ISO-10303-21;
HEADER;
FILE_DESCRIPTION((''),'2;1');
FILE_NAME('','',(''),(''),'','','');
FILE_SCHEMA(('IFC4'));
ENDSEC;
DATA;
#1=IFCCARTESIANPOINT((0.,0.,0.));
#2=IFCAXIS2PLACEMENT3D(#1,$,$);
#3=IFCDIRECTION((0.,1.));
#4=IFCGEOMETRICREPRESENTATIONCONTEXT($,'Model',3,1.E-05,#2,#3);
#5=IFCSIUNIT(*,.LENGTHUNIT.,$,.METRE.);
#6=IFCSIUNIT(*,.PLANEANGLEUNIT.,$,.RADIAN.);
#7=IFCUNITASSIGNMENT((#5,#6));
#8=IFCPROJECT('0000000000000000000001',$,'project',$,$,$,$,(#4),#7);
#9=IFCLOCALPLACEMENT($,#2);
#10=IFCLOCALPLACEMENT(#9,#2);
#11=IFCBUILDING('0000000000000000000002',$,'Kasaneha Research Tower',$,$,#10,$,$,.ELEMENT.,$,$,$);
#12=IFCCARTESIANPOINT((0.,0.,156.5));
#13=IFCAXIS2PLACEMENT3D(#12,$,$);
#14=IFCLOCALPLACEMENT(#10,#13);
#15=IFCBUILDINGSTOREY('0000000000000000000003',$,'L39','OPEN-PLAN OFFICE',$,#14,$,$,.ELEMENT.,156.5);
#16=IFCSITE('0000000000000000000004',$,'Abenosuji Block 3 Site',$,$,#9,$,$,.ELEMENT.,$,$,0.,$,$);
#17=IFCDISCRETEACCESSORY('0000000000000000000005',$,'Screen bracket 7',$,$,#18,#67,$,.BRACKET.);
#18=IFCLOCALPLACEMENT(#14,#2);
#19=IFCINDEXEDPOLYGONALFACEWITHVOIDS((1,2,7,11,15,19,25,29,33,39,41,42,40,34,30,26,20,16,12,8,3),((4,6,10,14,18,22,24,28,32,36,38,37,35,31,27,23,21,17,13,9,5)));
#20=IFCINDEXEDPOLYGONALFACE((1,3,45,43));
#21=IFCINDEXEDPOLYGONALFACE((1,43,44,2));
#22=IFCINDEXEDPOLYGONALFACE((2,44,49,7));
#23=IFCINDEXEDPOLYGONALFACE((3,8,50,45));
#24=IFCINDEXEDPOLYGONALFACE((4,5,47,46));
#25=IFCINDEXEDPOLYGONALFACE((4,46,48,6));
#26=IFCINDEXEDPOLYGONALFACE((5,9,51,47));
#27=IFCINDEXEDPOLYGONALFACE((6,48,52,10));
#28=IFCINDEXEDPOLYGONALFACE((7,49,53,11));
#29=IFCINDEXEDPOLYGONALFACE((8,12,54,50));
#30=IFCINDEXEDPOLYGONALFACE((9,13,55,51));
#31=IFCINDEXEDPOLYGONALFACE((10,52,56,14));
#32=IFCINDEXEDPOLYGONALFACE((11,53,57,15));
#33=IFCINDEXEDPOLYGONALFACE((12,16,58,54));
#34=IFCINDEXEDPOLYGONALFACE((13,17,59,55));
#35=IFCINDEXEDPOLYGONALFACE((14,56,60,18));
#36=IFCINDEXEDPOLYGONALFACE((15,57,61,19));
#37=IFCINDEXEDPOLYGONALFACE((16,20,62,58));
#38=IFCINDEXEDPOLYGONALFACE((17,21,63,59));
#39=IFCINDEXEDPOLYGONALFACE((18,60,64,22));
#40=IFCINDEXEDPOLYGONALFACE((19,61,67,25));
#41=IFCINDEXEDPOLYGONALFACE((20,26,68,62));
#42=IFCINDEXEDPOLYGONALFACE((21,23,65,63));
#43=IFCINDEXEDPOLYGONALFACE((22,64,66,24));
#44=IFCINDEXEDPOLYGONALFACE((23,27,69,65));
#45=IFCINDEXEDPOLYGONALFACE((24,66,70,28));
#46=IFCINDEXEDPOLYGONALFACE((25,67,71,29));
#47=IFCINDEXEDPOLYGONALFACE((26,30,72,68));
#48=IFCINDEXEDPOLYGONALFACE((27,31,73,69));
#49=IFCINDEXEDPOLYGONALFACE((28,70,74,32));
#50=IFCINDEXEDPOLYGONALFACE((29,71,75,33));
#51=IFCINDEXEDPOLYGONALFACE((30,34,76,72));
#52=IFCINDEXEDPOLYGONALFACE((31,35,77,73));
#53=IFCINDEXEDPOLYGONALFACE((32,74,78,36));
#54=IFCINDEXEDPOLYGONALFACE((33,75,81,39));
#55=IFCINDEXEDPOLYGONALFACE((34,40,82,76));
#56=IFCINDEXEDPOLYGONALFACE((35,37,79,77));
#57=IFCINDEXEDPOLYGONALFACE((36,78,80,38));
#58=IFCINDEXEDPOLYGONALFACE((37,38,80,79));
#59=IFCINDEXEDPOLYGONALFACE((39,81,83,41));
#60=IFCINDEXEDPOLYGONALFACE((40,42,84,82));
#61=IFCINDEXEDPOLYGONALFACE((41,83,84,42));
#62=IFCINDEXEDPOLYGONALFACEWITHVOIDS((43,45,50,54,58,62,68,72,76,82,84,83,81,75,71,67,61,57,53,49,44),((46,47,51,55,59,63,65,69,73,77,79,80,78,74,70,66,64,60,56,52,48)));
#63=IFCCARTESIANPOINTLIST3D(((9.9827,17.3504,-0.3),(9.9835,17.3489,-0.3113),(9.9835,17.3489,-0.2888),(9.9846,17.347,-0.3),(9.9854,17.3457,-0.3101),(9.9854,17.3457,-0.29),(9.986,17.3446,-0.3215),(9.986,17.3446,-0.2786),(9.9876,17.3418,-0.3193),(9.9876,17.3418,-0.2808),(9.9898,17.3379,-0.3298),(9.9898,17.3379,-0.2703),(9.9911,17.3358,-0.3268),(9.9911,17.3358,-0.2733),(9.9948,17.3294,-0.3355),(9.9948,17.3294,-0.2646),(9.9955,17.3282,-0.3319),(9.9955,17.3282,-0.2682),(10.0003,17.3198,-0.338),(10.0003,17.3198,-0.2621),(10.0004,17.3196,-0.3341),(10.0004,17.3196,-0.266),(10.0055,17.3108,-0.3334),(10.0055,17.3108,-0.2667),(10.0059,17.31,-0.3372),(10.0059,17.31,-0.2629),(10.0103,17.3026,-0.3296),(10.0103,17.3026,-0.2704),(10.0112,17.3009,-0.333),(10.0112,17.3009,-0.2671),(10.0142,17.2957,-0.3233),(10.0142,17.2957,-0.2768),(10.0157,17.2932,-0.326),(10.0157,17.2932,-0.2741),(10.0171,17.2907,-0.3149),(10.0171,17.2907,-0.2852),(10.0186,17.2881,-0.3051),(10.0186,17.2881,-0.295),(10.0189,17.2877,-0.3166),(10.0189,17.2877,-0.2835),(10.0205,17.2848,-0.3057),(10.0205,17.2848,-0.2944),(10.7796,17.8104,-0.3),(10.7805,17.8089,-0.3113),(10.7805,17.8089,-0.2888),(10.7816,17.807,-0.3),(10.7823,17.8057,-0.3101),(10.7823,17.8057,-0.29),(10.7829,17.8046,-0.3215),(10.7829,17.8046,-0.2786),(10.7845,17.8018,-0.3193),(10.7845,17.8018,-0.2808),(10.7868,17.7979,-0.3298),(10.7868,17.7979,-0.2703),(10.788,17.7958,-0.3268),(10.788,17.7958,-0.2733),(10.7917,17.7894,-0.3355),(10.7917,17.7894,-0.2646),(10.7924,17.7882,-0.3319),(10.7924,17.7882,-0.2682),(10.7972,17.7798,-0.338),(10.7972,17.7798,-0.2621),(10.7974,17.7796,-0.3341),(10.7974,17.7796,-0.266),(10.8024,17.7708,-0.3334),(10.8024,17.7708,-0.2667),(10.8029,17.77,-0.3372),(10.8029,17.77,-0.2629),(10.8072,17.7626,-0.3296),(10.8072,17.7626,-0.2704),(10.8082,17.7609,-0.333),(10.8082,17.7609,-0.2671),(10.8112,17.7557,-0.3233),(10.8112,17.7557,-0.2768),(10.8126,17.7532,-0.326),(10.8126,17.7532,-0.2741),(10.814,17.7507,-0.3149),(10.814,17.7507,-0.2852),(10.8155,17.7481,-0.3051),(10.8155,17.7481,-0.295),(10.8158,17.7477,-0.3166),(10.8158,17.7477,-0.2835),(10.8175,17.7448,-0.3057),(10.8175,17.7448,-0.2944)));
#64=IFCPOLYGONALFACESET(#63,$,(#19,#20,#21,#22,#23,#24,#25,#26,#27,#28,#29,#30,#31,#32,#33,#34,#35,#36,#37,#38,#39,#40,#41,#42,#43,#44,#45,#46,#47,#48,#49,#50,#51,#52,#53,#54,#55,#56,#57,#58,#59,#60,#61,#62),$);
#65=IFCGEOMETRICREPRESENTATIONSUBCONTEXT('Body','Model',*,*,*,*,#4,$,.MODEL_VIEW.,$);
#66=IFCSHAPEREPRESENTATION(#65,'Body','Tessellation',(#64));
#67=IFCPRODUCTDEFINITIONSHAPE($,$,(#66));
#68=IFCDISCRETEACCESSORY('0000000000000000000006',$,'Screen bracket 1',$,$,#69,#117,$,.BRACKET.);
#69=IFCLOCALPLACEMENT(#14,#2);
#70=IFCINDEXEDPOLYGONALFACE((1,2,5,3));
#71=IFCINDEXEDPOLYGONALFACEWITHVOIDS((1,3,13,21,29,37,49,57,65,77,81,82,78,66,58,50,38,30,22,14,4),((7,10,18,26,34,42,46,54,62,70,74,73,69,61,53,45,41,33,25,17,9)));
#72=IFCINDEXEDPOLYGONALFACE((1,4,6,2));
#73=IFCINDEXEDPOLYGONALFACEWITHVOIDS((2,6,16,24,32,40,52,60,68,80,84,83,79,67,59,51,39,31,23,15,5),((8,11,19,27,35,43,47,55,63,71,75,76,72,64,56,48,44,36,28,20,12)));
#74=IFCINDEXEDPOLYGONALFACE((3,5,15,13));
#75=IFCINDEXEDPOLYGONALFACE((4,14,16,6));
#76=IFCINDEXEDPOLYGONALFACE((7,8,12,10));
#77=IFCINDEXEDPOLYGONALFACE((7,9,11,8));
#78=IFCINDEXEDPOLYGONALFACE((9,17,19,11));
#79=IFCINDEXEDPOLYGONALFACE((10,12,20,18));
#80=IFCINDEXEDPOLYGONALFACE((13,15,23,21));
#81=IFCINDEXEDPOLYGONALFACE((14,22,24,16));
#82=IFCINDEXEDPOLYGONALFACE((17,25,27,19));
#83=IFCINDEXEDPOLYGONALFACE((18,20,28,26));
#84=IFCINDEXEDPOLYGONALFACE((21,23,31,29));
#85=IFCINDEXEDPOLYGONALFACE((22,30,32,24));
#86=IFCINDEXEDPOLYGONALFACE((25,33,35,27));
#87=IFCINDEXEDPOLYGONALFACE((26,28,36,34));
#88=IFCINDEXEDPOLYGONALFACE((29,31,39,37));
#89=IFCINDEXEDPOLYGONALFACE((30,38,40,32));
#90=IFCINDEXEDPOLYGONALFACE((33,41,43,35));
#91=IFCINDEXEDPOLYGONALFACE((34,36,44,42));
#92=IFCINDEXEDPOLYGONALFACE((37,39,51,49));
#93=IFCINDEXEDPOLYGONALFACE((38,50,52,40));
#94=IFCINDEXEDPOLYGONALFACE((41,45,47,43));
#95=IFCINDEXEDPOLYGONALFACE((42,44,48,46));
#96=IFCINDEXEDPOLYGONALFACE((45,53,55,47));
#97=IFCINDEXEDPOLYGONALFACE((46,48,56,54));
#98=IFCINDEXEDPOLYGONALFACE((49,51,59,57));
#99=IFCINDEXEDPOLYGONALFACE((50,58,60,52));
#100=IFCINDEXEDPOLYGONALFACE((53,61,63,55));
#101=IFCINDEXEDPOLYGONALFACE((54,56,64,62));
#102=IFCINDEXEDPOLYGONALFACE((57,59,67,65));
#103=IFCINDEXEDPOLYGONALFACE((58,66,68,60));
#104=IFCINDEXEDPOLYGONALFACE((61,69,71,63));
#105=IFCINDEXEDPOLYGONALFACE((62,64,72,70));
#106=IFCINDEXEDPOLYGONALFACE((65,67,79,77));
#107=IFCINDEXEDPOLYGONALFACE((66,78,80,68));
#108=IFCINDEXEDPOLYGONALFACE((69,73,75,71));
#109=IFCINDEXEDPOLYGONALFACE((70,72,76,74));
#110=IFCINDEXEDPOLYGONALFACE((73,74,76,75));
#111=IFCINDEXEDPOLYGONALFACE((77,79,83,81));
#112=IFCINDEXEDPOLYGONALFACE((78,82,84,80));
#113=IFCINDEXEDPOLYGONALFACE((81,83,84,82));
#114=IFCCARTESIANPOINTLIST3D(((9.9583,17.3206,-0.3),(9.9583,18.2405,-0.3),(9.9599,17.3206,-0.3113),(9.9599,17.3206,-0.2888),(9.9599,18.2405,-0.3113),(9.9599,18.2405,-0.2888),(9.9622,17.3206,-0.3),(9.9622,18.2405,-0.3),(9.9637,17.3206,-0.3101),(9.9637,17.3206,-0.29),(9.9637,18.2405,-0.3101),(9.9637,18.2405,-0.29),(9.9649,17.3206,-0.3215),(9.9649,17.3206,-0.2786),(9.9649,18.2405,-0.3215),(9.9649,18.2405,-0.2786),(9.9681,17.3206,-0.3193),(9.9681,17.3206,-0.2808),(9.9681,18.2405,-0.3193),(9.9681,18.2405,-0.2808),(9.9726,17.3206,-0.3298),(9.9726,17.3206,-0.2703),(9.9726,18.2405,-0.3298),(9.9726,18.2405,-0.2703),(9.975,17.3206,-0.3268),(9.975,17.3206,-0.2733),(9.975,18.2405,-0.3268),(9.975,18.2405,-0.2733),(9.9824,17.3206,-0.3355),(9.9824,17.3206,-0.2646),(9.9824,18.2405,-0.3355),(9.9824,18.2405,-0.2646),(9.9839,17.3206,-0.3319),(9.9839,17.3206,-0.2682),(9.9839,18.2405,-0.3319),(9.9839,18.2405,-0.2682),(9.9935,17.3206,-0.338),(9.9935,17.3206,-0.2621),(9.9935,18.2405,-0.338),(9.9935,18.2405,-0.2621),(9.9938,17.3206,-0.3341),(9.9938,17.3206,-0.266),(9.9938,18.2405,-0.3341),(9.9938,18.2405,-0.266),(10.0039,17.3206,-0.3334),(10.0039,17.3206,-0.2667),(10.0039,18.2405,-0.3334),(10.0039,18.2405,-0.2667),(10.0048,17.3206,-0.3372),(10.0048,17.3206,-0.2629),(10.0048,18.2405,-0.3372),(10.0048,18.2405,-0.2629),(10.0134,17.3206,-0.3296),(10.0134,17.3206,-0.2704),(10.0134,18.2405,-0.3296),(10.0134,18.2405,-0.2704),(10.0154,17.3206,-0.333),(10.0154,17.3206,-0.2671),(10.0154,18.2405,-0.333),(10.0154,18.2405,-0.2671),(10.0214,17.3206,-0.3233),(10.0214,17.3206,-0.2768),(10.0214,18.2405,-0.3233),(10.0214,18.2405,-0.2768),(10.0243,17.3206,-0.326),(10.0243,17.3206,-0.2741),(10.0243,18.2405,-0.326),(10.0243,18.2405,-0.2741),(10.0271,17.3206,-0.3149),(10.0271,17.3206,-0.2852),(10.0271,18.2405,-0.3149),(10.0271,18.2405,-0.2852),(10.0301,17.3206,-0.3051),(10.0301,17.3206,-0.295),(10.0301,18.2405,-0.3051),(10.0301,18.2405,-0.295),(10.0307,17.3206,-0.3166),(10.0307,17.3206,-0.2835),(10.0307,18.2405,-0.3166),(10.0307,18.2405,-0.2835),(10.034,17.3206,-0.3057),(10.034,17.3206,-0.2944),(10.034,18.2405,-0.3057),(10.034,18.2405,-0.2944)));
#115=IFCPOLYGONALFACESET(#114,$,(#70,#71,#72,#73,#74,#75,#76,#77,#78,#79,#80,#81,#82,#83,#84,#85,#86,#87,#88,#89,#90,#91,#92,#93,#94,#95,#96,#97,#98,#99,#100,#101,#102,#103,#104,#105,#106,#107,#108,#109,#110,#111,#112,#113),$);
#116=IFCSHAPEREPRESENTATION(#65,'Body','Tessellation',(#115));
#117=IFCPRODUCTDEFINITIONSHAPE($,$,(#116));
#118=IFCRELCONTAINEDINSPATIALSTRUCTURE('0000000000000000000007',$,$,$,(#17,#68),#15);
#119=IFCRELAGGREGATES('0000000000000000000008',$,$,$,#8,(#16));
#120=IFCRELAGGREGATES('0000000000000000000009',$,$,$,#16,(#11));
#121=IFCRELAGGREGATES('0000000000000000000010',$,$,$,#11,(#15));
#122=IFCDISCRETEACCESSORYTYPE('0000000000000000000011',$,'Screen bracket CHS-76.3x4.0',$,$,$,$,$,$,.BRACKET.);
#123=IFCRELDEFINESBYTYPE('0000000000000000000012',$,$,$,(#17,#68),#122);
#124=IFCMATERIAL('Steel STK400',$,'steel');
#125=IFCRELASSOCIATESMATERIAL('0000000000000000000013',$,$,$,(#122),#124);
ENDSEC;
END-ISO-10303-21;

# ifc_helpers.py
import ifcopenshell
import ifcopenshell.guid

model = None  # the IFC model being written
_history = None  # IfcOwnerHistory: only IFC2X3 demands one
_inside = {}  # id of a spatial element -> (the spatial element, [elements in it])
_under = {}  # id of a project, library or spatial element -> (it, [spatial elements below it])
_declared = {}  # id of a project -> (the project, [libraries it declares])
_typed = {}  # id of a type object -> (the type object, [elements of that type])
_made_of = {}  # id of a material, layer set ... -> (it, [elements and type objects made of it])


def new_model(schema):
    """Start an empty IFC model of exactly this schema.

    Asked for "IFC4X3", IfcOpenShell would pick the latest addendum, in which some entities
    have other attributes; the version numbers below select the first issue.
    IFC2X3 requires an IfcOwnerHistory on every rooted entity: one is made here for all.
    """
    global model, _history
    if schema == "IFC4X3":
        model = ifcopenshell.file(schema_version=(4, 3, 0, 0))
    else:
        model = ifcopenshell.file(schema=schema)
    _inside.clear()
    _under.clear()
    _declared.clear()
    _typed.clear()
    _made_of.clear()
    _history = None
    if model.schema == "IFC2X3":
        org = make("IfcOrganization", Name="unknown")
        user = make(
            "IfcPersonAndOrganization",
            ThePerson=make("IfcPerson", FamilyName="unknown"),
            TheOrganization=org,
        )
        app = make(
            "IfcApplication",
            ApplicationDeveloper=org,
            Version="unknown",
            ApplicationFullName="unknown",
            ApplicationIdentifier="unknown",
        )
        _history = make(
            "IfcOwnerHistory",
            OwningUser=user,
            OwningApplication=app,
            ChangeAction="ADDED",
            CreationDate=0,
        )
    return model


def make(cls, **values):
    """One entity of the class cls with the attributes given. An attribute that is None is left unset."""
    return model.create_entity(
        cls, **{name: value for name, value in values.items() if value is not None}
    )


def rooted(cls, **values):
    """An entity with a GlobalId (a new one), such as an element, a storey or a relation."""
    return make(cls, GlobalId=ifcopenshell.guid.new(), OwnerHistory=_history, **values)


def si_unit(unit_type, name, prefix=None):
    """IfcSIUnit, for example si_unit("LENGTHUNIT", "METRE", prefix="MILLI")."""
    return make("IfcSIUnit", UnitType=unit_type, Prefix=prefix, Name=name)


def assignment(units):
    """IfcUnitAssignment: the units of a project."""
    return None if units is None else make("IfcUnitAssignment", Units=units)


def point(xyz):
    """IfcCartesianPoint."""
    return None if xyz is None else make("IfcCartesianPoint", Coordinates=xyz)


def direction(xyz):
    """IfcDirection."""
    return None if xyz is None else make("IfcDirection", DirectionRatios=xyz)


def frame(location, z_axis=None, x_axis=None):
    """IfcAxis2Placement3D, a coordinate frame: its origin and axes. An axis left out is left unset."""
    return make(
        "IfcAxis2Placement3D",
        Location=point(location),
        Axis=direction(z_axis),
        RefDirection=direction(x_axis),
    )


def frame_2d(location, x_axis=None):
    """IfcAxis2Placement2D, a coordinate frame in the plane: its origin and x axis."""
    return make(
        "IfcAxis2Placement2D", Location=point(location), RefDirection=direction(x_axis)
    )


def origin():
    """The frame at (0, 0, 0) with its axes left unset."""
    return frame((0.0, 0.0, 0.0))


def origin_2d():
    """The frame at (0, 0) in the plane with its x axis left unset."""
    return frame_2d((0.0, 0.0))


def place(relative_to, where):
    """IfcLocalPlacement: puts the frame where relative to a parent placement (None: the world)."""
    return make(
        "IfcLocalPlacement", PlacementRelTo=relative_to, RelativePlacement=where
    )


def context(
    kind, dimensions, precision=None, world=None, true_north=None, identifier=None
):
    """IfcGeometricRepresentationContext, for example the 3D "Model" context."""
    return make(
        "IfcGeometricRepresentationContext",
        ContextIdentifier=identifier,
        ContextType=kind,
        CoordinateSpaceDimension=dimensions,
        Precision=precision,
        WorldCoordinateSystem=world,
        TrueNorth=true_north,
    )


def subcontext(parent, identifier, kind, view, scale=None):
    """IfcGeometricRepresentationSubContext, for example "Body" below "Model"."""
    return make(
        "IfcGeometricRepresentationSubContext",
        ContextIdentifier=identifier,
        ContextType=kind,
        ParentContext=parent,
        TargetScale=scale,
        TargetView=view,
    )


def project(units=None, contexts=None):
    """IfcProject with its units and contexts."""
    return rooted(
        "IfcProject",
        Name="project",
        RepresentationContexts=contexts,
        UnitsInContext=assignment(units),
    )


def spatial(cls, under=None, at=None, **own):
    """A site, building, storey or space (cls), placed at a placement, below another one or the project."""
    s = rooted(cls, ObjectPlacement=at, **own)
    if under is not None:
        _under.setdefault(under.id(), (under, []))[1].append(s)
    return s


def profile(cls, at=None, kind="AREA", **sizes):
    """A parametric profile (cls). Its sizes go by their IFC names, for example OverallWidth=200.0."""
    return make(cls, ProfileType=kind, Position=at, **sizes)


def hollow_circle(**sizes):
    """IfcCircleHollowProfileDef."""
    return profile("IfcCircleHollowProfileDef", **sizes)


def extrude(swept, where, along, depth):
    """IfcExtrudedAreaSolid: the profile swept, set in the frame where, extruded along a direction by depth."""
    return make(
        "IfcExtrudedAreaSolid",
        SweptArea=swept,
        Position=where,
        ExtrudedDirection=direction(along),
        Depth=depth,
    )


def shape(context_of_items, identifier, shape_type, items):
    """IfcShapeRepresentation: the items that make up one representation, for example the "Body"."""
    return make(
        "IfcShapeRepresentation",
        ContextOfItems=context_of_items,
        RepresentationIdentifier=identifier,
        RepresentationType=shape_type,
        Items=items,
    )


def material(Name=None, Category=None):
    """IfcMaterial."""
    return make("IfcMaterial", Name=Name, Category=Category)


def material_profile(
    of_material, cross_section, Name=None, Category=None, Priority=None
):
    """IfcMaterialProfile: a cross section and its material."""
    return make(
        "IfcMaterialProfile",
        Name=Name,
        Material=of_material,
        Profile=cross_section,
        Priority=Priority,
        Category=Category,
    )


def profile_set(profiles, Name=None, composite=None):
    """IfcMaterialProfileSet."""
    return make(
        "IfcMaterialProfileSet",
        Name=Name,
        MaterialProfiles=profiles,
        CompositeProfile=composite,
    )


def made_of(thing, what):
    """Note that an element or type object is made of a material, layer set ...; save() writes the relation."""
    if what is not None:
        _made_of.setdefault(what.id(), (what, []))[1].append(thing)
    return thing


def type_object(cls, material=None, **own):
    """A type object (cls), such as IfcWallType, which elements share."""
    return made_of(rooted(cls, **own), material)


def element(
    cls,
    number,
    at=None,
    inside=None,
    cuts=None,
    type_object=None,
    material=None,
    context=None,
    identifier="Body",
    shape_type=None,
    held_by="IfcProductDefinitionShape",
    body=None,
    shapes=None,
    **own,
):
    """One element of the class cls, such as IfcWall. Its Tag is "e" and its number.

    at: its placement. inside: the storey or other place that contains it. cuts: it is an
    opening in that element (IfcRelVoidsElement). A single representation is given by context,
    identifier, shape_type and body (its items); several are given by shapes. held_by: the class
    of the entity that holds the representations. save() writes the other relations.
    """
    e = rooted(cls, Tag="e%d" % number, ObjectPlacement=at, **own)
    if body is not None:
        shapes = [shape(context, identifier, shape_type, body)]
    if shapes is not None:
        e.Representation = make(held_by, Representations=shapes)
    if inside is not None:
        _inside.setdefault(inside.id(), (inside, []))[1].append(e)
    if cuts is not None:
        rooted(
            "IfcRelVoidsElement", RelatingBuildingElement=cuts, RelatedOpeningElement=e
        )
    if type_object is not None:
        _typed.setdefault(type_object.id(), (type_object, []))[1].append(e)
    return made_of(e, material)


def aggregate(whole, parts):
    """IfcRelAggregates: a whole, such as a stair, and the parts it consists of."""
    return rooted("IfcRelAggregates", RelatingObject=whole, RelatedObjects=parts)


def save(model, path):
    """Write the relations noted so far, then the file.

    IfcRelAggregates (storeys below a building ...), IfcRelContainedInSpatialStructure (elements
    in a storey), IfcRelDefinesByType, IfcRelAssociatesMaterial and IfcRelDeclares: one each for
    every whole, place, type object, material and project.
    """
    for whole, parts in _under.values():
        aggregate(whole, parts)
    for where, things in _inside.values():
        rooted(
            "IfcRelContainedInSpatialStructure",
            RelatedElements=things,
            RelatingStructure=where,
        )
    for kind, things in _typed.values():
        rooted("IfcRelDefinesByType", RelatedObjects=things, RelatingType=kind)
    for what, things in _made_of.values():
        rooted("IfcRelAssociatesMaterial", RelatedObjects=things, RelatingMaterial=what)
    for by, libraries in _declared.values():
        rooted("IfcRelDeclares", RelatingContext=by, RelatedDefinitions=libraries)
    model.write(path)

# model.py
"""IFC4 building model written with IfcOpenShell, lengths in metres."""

from ifc_helpers import new_model, si_unit, direction, frame, origin, origin_2d, place, context, subcontext, project, spatial, hollow_circle, extrude, material, material_profile, profile_set, type_object, element, save


model = new_model("IFC4")

# Units and contexts
model_context = context("Model", 3, precision=1e-05, world=origin(), true_north=direction((0.0, 1.0)))
body_context = subcontext(model_context, "Body", "Model", "MODEL_VIEW")
ifc_project = project(units=[si_unit("LENGTHUNIT", "METRE"), si_unit("PLANEANGLEUNIT", "RADIAN")], contexts=[model_context])

# Site, building, storey
site_placement = place(None, origin())
site = spatial("IfcSite", under=ifc_project, at=site_placement, Name="Abenosuji Block 3 Site", CompositionType="ELEMENT", RefElevation=0.0)
building_placement = place(site_placement, origin())
building = spatial("IfcBuilding", under=site, at=building_placement, Name="Kasaneha Research Tower", CompositionType="ELEMENT")
storey_placement = place(building_placement, frame((0.0, 0.0, 156.5)))
storey = spatial("IfcBuildingStorey", under=building, at=storey_placement, Name="L39", Description="OPEN-PLAN OFFICE", CompositionType="ELEMENT", Elevation=156.5)

# Discrete accessories
ifc_material_1 = material(Name="Steel STK400", Category="steel")
ifc_material_profile_1 = material_profile(ifc_material_1, hollow_circle(Radius=0.0381, WallThickness=0.0039, at=origin_2d()), Name="CHS-76.3x4.0")
ifc_profile_set_1 = profile_set([ifc_material_profile_1], Name="Steel STK400")
discrete_accessory_type = type_object("IfcDiscreteAccessoryType", Name="Screen bracket CHS-76.3x4.0", PredefinedType="BRACKET", material=ifc_profile_set_1)
for number, where, z_axis, x_axis, name in (
    (1, (10.0017, 17.3174, -0.3), (0.86608, 0.499906, 0.0), (-0.499906, 0.86608, 0.0), "Screen bracket 7"),
):
    element("IfcDiscreteAccessory", number, at=place(storey_placement, frame(where, z_axis=z_axis, x_axis=x_axis)), inside=storey, type_object=discrete_accessory_type, Name=name, PredefinedType="BRACKET", context=body_context, shape_type="SweptSolid", body=[
        extrude(hollow_circle(Radius=0.0381, WallThickness=0.0039, at=origin_2d()), origin(), (0.0, 0.0, 1.0), 0.9202),
    ])
discrete_accessory_placement = place(storey_placement, frame((9.9963, 17.3206, -0.3), z_axis=(0.0, 1.0, 0.0), x_axis=(-1.0, 0.0, 0.0)))
element("IfcDiscreteAccessory", 2, at=discrete_accessory_placement, inside=storey, type_object=discrete_accessory_type, Name="Screen bracket 1", PredefinedType="BRACKET", context=body_context, shape_type="SweptSolid", body=[
    extrude(hollow_circle(Radius=0.0381, WallThickness=0.0039, at=origin_2d()), origin(), (0.0, 0.0, 1.0), 0.9199),
])

save(model, "model.ifc")
